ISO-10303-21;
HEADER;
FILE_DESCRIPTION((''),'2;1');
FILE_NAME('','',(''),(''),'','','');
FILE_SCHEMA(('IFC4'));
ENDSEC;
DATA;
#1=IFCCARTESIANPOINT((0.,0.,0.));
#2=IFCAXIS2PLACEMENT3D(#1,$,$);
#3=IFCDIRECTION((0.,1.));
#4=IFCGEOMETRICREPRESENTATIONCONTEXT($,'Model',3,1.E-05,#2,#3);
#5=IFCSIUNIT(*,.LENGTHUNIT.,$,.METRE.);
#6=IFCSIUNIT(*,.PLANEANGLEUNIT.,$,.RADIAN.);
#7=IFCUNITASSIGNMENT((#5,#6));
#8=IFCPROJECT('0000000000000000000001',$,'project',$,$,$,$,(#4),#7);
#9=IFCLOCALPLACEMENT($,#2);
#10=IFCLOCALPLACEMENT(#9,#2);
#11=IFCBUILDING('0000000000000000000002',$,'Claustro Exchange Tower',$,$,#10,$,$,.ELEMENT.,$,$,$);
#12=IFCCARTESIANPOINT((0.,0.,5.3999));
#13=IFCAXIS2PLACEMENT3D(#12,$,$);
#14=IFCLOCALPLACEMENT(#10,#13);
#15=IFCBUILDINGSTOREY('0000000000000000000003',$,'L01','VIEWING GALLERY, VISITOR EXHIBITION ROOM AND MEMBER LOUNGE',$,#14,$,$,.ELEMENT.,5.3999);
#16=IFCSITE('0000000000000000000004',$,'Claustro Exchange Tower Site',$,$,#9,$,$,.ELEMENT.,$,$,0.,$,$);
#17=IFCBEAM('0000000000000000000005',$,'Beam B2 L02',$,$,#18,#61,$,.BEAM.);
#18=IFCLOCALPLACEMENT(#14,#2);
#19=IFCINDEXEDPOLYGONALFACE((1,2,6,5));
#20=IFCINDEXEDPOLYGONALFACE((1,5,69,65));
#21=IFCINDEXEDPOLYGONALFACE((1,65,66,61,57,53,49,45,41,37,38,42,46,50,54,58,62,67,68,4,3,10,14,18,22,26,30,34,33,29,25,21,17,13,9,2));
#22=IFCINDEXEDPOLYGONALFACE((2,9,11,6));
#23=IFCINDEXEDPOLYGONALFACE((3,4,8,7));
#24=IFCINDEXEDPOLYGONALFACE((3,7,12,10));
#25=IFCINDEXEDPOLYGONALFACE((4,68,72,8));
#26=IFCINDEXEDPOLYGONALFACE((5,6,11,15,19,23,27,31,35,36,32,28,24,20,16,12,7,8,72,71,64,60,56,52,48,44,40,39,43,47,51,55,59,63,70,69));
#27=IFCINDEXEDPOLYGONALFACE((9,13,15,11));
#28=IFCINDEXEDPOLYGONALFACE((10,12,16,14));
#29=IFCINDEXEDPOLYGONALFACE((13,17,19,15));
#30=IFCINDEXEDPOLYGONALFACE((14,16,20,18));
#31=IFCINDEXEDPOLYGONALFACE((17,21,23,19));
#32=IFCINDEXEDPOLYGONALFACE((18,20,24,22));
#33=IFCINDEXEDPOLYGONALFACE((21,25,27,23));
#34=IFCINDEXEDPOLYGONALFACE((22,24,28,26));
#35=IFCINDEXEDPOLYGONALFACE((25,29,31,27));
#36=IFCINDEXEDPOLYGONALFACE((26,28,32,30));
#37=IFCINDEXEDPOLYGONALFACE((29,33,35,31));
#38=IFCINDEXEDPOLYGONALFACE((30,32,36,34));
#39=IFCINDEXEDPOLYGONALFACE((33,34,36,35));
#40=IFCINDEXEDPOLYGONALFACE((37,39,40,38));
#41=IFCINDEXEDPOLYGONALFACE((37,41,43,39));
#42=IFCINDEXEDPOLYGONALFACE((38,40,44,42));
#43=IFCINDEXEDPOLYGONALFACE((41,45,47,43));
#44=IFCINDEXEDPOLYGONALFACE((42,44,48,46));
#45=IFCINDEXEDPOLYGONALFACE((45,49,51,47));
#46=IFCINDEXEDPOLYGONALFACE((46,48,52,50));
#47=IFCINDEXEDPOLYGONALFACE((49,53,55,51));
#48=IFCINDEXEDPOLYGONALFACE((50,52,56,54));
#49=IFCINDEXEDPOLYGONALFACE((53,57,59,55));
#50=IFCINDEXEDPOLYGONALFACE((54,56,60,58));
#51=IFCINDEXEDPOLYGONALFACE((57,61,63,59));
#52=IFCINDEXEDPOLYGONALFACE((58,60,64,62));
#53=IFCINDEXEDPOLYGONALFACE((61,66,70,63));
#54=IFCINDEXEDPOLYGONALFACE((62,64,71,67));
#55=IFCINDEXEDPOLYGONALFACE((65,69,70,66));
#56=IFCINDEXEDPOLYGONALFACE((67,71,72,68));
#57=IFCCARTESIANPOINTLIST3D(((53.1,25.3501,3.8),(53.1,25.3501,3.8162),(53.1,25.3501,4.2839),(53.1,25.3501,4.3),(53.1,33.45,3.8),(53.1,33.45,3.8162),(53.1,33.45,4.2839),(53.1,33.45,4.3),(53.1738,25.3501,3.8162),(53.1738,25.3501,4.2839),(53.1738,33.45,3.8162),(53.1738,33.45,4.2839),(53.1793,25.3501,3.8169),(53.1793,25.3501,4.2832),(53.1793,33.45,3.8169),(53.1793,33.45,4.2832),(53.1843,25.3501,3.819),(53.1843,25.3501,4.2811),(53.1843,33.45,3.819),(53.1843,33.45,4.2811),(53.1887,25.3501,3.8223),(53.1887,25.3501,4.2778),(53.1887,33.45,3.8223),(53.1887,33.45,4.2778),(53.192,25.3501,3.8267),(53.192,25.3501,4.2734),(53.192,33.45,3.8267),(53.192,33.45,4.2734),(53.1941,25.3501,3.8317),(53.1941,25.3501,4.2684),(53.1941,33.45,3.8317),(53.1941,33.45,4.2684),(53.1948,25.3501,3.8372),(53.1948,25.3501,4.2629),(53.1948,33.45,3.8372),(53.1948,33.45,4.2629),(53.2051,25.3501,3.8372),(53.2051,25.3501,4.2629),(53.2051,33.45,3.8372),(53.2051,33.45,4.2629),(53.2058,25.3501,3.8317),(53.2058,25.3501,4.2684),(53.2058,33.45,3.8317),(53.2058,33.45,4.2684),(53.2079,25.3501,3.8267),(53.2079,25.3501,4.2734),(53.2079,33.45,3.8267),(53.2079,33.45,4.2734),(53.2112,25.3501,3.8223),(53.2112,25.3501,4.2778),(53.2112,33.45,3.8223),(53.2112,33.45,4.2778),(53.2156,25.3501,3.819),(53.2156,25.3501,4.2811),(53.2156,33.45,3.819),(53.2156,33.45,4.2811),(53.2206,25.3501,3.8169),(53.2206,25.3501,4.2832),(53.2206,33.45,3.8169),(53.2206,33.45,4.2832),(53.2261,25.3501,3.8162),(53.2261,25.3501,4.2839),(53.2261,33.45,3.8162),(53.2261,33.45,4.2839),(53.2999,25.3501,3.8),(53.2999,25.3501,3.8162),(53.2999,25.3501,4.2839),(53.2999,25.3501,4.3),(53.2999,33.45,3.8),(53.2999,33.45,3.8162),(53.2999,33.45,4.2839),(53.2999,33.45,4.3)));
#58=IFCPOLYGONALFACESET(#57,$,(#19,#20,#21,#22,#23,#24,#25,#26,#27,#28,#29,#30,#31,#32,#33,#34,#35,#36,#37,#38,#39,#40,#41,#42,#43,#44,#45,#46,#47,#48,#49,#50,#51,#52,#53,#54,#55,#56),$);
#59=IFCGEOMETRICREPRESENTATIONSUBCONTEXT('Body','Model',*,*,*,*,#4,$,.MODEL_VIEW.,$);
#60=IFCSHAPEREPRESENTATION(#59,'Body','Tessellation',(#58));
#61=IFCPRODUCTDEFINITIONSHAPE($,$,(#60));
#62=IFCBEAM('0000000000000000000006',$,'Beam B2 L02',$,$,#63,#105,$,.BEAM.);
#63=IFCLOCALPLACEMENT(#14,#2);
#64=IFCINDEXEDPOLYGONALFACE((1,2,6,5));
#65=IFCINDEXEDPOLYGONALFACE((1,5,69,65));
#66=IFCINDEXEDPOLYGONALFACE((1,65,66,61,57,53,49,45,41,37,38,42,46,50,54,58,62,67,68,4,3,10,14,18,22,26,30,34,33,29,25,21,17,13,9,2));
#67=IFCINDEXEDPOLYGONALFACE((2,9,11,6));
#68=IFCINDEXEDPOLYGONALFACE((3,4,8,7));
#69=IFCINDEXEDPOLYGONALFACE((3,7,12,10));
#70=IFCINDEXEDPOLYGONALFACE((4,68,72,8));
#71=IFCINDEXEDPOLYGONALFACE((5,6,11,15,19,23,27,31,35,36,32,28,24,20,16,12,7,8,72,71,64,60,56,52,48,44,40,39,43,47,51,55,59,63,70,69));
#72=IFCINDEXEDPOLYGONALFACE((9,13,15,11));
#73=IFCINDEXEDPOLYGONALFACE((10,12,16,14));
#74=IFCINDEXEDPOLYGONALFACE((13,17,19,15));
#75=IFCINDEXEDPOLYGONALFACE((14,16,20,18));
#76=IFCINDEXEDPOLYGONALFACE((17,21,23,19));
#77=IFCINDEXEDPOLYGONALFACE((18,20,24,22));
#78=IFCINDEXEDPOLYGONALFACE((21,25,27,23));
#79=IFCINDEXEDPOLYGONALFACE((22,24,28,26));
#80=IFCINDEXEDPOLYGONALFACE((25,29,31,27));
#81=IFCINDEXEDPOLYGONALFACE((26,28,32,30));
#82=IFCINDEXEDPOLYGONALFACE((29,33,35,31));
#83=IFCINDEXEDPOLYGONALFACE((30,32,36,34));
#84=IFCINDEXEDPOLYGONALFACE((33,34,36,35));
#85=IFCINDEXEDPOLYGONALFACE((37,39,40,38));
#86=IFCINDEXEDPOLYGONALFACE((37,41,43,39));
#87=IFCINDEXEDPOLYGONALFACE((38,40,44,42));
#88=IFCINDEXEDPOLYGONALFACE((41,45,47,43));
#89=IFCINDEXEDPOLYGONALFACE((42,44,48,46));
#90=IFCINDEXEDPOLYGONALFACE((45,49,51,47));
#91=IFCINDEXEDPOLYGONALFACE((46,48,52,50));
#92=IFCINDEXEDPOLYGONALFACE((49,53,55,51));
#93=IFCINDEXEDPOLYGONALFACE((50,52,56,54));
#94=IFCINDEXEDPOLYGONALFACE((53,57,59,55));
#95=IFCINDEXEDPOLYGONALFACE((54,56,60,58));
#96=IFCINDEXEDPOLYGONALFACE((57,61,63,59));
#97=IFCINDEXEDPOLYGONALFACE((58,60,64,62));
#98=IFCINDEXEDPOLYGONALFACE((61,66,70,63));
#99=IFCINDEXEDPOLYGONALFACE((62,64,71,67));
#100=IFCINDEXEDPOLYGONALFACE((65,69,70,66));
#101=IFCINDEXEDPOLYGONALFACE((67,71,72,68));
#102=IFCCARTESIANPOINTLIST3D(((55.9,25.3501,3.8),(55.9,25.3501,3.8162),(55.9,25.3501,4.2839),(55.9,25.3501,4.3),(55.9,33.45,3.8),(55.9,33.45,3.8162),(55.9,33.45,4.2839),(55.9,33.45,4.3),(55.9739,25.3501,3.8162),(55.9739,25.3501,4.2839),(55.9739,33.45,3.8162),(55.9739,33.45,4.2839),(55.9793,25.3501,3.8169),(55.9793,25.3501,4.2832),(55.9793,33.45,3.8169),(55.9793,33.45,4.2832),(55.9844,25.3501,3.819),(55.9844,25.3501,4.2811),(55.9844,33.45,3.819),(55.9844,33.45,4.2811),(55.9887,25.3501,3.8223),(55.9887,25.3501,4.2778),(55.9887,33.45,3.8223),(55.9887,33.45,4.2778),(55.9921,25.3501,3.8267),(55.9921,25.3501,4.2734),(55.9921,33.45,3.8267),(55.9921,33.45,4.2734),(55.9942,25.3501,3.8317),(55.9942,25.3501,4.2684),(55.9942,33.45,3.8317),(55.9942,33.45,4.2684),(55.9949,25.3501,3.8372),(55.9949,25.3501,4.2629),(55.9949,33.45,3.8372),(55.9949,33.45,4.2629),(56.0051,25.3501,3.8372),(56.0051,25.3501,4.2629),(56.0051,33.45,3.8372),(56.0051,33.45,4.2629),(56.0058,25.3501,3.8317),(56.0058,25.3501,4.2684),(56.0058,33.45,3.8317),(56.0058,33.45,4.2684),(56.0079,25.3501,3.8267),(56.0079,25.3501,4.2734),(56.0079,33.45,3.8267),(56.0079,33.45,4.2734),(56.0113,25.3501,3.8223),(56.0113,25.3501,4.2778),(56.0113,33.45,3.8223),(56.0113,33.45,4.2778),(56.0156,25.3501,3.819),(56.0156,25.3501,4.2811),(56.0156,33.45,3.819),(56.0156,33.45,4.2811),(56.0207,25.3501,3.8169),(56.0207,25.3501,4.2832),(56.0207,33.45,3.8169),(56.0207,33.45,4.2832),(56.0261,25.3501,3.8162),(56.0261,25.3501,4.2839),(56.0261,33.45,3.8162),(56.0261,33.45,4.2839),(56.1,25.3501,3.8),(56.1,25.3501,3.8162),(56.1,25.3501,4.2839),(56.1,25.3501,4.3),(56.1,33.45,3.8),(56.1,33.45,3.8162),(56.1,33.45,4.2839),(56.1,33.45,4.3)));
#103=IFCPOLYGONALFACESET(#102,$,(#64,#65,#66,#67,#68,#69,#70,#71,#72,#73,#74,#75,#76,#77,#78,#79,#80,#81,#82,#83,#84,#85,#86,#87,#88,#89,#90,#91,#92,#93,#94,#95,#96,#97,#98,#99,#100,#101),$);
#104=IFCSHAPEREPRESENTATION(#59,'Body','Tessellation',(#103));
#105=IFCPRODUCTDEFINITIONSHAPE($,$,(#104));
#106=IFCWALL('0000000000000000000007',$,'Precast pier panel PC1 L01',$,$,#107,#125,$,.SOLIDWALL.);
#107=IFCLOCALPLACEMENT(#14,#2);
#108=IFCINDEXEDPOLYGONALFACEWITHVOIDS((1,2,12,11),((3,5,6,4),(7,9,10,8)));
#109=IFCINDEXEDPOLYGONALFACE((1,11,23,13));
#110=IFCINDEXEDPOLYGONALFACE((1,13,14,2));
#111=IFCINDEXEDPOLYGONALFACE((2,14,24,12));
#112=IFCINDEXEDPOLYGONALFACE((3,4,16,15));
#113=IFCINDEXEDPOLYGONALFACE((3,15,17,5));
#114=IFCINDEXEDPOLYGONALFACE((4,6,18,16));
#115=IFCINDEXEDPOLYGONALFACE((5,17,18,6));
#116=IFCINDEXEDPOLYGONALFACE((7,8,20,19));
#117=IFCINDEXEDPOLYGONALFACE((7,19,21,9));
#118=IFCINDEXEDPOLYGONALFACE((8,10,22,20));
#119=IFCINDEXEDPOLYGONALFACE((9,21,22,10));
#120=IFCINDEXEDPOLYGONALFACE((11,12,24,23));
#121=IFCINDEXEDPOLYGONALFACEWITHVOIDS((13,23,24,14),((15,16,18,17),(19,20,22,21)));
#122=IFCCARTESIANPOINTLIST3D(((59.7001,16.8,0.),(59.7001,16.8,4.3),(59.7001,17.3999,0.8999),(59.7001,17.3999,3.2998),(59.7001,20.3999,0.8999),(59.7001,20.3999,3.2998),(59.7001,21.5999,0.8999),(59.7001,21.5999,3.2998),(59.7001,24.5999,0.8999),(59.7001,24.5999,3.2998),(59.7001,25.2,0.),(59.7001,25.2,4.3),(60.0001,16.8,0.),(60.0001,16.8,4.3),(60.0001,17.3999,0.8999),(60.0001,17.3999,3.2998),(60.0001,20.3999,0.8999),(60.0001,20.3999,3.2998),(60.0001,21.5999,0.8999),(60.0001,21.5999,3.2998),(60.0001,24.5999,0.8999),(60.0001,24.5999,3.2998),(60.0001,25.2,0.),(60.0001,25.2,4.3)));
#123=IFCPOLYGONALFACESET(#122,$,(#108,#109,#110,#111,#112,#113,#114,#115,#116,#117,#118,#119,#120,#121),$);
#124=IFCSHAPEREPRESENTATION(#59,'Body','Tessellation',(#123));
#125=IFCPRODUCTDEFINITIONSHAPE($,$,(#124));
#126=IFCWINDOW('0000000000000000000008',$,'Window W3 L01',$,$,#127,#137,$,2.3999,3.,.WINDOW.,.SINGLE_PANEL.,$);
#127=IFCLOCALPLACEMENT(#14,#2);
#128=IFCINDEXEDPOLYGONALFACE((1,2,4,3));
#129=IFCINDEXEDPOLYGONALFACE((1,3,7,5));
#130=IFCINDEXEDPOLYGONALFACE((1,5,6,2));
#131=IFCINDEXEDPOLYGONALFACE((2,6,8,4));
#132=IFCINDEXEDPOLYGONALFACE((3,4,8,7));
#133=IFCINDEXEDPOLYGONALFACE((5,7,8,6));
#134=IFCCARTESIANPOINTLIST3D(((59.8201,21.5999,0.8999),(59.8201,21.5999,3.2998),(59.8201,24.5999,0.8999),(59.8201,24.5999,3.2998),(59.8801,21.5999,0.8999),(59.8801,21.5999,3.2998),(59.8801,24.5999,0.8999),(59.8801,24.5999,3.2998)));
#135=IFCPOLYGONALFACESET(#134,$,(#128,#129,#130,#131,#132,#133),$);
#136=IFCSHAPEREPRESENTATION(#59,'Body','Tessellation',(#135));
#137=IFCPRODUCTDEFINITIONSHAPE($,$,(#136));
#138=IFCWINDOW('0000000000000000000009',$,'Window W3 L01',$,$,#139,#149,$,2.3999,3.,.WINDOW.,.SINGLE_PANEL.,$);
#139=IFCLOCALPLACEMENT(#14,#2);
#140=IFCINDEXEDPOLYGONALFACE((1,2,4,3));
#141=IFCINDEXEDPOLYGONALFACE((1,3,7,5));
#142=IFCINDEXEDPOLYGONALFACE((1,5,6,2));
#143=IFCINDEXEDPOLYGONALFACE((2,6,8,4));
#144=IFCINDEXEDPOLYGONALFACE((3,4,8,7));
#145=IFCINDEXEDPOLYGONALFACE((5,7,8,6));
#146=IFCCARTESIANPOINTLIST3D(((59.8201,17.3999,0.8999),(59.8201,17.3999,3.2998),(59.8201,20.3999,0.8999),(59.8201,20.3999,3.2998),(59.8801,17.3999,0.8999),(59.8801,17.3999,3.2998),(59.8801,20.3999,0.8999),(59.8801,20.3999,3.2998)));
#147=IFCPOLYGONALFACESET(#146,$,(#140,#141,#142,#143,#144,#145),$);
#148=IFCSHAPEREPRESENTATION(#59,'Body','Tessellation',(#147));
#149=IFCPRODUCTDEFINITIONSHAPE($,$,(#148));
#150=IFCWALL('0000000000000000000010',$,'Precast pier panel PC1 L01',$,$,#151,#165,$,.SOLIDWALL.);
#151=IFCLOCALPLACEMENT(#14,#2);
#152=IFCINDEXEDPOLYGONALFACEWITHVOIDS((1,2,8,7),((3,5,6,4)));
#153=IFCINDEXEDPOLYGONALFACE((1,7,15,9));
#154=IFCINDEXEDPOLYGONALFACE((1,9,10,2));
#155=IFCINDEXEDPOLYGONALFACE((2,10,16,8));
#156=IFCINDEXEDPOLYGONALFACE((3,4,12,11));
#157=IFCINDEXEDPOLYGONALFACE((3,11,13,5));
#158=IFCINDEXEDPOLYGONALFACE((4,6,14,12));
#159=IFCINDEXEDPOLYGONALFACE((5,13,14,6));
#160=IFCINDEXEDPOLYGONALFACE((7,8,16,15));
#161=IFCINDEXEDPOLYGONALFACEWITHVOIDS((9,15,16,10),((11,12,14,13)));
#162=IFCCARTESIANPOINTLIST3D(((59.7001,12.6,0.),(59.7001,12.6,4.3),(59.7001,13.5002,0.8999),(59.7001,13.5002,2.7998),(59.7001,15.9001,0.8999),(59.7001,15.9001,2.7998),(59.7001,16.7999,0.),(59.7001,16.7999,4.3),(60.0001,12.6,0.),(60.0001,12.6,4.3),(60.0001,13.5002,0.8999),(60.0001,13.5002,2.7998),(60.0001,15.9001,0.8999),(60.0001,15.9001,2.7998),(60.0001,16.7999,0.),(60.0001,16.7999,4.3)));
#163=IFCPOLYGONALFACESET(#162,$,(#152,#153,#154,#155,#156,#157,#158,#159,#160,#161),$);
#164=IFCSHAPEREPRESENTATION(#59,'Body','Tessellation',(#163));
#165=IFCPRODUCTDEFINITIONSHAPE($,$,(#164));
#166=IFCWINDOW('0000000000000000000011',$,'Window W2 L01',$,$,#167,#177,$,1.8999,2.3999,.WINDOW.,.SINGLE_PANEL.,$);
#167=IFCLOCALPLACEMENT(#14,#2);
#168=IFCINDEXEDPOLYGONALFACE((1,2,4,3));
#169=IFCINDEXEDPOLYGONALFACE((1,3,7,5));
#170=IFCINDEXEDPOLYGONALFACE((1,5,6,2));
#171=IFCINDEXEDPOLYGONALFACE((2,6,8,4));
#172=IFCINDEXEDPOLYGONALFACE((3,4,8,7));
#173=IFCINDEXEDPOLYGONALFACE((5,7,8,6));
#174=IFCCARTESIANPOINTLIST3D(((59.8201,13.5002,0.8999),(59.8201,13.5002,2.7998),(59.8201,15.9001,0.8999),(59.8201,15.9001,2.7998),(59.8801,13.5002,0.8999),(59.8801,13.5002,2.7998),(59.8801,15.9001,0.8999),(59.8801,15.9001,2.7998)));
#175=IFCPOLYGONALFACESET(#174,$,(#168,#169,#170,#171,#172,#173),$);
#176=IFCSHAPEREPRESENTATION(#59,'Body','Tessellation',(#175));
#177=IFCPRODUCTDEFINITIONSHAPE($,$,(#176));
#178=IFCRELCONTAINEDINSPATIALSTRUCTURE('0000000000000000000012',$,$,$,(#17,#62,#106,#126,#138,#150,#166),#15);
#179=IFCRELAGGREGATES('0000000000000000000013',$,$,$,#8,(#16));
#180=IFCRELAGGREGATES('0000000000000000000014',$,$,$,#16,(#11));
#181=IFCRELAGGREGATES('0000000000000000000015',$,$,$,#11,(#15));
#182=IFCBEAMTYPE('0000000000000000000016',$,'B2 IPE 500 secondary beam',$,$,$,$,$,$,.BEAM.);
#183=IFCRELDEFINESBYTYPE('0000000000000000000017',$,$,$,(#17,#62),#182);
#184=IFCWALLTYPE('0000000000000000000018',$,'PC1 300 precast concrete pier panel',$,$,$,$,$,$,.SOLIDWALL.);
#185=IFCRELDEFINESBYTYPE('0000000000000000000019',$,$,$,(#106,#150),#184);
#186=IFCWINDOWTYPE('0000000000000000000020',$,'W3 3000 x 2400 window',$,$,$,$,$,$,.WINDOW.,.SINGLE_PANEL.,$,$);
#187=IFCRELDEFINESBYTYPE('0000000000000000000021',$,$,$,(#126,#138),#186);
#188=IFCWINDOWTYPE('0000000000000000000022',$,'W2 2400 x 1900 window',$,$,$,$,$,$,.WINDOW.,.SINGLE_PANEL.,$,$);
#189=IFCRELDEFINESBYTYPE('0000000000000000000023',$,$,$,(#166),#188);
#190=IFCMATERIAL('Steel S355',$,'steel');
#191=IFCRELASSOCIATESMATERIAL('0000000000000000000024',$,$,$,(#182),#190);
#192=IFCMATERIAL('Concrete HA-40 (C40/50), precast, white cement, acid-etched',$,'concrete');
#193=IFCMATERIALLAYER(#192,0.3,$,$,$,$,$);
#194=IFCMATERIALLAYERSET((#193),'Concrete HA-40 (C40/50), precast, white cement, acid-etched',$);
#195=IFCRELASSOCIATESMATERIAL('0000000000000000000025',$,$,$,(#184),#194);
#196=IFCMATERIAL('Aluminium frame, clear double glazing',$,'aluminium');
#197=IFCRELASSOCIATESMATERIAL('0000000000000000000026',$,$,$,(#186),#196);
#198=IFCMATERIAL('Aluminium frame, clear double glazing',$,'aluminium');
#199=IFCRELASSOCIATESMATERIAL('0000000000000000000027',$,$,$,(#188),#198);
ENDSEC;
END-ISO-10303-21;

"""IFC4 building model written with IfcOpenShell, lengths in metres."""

from ifc_helpers import new_model, si_unit, direction, frame, frame_2d, origin, origin_2d, place, context, subcontext, project, spatial, rectangle, i_section, extrude, material, layer, layer_set, material_profile, profile_set, type_object, element, fill, save


model = new_model("IFC4")

# Units and contexts
model_context = context("Model", 3, precision=1e-05, world=origin(), true_north=direction((0.0, 1.0)))
body_context = subcontext(model_context, "Body", "Model", "MODEL_VIEW")
ifc_project = project(units=[si_unit("LENGTHUNIT", "METRE"), si_unit("PLANEANGLEUNIT", "RADIAN")], contexts=[model_context])

# Site, building, storey
site_placement = place(None, origin())
site = spatial("IfcSite", under=ifc_project, at=site_placement, Name="Claustro Exchange Tower Site", CompositionType="ELEMENT", RefElevation=0.0)
building_placement = place(site_placement, origin())
building = spatial("IfcBuilding", under=site, at=building_placement, Name="Claustro Exchange Tower", CompositionType="ELEMENT")
storey_placement = place(building_placement, frame((0.0, 0.0, 5.3999)))
storey = spatial("IfcBuildingStorey", under=building, at=storey_placement, Name="L01", Description="VIEWING GALLERY, VISITOR EXHIBITION ROOM AND MEMBER LOUNGE", CompositionType="ELEMENT", Elevation=5.3999)

# Beams
ifc_material_1 = material(Name="Steel S355", Category="steel")
ifc_material_profile_1 = material_profile(ifc_material_1, i_section(OverallWidth=0.2, OverallDepth=0.5, WebThickness=0.0103, FlangeThickness=0.0161, FilletRadius=0.021, at=origin_2d()), Name="IPE 500")
ifc_profile_set_1 = profile_set([ifc_material_profile_1], Name="Steel S355")
beam_type_1 = type_object("IfcBeamType", Name="B2 IPE 500 secondary beam", PredefinedType="BEAM", material=ifc_profile_set_1)
for number, where, z_axis, x_axis, name in (
    (1, (53.2, 25.3501, 4.05), (0.0, 1.0, 0.0), (-1.0, 0.0, 0.0), "Beam B2 L02"),
    (2, (56.0, 25.3501, 4.05), (0.0, 1.0, 0.0), (-1.0, 0.0, 0.0), "Beam B2 L02"),
):
    element("IfcBeam", number, at=place(storey_placement, frame(where, z_axis=z_axis, x_axis=x_axis)), inside=storey, type_object=beam_type_1, Name=name, PredefinedType="BEAM", context=body_context, shape_type="SweptSolid", body=[
        extrude(i_section(OverallWidth=0.2, OverallDepth=0.5, WebThickness=0.0103, FlangeThickness=0.0161, FilletRadius=0.021, at=origin_2d()), origin(), (0.0, 0.0, 1.0), 8.0999),
    ])

# Wall, openings, windows
ifc_material_2 = material(Name="Concrete HA-40 (C40/50), precast, white cement, acid-etched", Category="concrete")
ifc_layer_1 = layer(ifc_material_2, 0.3)
ifc_layer_set_1 = layer_set([ifc_layer_1], Name="Concrete HA-40 (C40/50), precast, white cement, acid-etched")
wall_type_1 = type_object("IfcWallType", Name="PC1 300 precast concrete pier panel", PredefinedType="SOLIDWALL", material=ifc_layer_set_1)
wall_1_placement = place(storey_placement, frame((59.8501, 25.2, 0.0), z_axis=(0.0, 0.0, 1.0), x_axis=(0.0, -1.0, 0.0)))
wall_1 = element("IfcWall", 3, at=wall_1_placement, inside=storey, type_object=wall_type_1, Name="Precast pier panel PC1 L01", PredefinedType="SOLIDWALL", context=body_context, shape_type="SweptSolid", body=[
    extrude(rectangle(XDim=8.3999, YDim=0.3, at=frame_2d((4.2, 0.0))), origin(), (0.0, 0.0, 1.0), 4.3),
])
opening_1_placement = place(wall_1_placement, frame((0.6001, 0.0, 0.8999)))
opening_1 = element("IfcOpeningElement", 4, at=opening_1_placement, cuts=wall_1, PredefinedType="OPENING", context=body_context, shape_type="SweptSolid", body=[
    extrude(rectangle(XDim=3.0, YDim=2.3999, at=frame_2d((1.5, 1.2))), frame((0.0, 0.1599, 0.0), z_axis=(0.0, -1.0, 0.0), x_axis=(1.0, 0.0, 0.0)), (0.0, 0.0, 1.0), 0.3201),
])
opening_2_placement = place(wall_1_placement, frame((4.8, 0.0, 0.8999)))
opening_2 = element("IfcOpeningElement", 5, at=opening_2_placement, cuts=wall_1, PredefinedType="OPENING", context=body_context, shape_type="SweptSolid", body=[
    extrude(rectangle(XDim=3.0, YDim=2.3999, at=frame_2d((1.5, 1.2))), frame((0.0, 0.1599, 0.0), z_axis=(0.0, -1.0, 0.0), x_axis=(1.0, 0.0, 0.0)), (0.0, 0.0, 1.0), 0.3201),
])
ifc_material_3 = material(Name="Aluminium frame, clear double glazing", Category="aluminium")
window_type_1 = type_object("IfcWindowType", Name="W3 3000 x 2400 window", PartitioningType="SINGLE_PANEL", PredefinedType="WINDOW", material=ifc_material_3)
window_1_placement = place(opening_1_placement, origin())
window_1 = element("IfcWindow", 6, at=window_1_placement, inside=storey, type_object=window_type_1, Name="Window W3 L01", OverallHeight=2.3999, OverallWidth=3.0, PartitioningType="SINGLE_PANEL", PredefinedType="WINDOW", context=body_context, shape_type="SweptSolid", body=[
    extrude(rectangle(XDim=3.0, YDim=2.3999, at=frame_2d((1.5, 1.2))), frame((0.0, 0.03, 0.0), z_axis=(0.0, -1.0, 0.0), x_axis=(1.0, 0.0, 0.0)), (0.0, 0.0, 1.0), 0.0601),
])
fill(opening_1, window_1)
window_2_placement = place(opening_2_placement, origin())
window_2 = element("IfcWindow", 7, at=window_2_placement, inside=storey, type_object=window_type_1, Name="Window W3 L01", OverallHeight=2.3999, OverallWidth=3.0, PartitioningType="SINGLE_PANEL", PredefinedType="WINDOW", context=body_context, shape_type="SweptSolid", body=[
    extrude(rectangle(XDim=3.0, YDim=2.3999, at=frame_2d((1.5, 1.2))), frame((0.0, 0.03, 0.0), z_axis=(0.0, -1.0, 0.0), x_axis=(1.0, 0.0, 0.0)), (0.0, 0.0, 1.0), 0.0601),
])
fill(opening_2, window_2)

# Wall, opening, window
wall_2_placement = place(storey_placement, frame((59.8501, 16.8, 0.0), z_axis=(0.0, 0.0, 1.0), x_axis=(0.0, -1.0, 0.0)))
wall_2 = element("IfcWall", 8, at=wall_2_placement, inside=storey, type_object=wall_type_1, Name="Precast pier panel PC1 L01", PredefinedType="SOLIDWALL", context=body_context, shape_type="SweptSolid", body=[
    extrude(rectangle(XDim=4.2, YDim=0.3, at=frame_2d((2.1001, 0.0))), origin(), (0.0, 0.0, 1.0), 4.3),
])
opening_3_placement = place(wall_2_placement, frame((0.8999, 0.0, 0.8999)))
opening_3 = element("IfcOpeningElement", 9, at=opening_3_placement, cuts=wall_2, PredefinedType="OPENING", context=body_context, shape_type="SweptSolid", body=[
    extrude(rectangle(XDim=2.3999, YDim=1.8999, at=frame_2d((1.2, 0.95))), frame((0.0, 0.1599, 0.0), z_axis=(0.0, -1.0, 0.0), x_axis=(1.0, 0.0, 0.0)), (0.0, 0.0, 1.0), 0.3201),
])
ifc_material_4 = material(Name="Aluminium frame, clear double glazing", Category="aluminium")
window_type_2 = type_object("IfcWindowType", Name="W2 2400 x 1900 window", PartitioningType="SINGLE_PANEL", PredefinedType="WINDOW", material=ifc_material_4)
window_3_placement = place(opening_3_placement, origin())
window_3 = element("IfcWindow", 10, at=window_3_placement, inside=storey, type_object=window_type_2, Name="Window W2 L01", OverallHeight=1.8999, OverallWidth=2.3999, PartitioningType="SINGLE_PANEL", PredefinedType="WINDOW", context=body_context, shape_type="SweptSolid", body=[
    extrude(rectangle(XDim=2.3999, YDim=1.8999, at=frame_2d((1.2, 0.95))), frame((0.0, 0.03, 0.0), z_axis=(0.0, -1.0, 0.0), x_axis=(1.0, 0.0, 0.0)), (0.0, 0.0, 1.0), 0.0601),
])
fill(opening_3, window_3)

save(model, "model.ifc")
